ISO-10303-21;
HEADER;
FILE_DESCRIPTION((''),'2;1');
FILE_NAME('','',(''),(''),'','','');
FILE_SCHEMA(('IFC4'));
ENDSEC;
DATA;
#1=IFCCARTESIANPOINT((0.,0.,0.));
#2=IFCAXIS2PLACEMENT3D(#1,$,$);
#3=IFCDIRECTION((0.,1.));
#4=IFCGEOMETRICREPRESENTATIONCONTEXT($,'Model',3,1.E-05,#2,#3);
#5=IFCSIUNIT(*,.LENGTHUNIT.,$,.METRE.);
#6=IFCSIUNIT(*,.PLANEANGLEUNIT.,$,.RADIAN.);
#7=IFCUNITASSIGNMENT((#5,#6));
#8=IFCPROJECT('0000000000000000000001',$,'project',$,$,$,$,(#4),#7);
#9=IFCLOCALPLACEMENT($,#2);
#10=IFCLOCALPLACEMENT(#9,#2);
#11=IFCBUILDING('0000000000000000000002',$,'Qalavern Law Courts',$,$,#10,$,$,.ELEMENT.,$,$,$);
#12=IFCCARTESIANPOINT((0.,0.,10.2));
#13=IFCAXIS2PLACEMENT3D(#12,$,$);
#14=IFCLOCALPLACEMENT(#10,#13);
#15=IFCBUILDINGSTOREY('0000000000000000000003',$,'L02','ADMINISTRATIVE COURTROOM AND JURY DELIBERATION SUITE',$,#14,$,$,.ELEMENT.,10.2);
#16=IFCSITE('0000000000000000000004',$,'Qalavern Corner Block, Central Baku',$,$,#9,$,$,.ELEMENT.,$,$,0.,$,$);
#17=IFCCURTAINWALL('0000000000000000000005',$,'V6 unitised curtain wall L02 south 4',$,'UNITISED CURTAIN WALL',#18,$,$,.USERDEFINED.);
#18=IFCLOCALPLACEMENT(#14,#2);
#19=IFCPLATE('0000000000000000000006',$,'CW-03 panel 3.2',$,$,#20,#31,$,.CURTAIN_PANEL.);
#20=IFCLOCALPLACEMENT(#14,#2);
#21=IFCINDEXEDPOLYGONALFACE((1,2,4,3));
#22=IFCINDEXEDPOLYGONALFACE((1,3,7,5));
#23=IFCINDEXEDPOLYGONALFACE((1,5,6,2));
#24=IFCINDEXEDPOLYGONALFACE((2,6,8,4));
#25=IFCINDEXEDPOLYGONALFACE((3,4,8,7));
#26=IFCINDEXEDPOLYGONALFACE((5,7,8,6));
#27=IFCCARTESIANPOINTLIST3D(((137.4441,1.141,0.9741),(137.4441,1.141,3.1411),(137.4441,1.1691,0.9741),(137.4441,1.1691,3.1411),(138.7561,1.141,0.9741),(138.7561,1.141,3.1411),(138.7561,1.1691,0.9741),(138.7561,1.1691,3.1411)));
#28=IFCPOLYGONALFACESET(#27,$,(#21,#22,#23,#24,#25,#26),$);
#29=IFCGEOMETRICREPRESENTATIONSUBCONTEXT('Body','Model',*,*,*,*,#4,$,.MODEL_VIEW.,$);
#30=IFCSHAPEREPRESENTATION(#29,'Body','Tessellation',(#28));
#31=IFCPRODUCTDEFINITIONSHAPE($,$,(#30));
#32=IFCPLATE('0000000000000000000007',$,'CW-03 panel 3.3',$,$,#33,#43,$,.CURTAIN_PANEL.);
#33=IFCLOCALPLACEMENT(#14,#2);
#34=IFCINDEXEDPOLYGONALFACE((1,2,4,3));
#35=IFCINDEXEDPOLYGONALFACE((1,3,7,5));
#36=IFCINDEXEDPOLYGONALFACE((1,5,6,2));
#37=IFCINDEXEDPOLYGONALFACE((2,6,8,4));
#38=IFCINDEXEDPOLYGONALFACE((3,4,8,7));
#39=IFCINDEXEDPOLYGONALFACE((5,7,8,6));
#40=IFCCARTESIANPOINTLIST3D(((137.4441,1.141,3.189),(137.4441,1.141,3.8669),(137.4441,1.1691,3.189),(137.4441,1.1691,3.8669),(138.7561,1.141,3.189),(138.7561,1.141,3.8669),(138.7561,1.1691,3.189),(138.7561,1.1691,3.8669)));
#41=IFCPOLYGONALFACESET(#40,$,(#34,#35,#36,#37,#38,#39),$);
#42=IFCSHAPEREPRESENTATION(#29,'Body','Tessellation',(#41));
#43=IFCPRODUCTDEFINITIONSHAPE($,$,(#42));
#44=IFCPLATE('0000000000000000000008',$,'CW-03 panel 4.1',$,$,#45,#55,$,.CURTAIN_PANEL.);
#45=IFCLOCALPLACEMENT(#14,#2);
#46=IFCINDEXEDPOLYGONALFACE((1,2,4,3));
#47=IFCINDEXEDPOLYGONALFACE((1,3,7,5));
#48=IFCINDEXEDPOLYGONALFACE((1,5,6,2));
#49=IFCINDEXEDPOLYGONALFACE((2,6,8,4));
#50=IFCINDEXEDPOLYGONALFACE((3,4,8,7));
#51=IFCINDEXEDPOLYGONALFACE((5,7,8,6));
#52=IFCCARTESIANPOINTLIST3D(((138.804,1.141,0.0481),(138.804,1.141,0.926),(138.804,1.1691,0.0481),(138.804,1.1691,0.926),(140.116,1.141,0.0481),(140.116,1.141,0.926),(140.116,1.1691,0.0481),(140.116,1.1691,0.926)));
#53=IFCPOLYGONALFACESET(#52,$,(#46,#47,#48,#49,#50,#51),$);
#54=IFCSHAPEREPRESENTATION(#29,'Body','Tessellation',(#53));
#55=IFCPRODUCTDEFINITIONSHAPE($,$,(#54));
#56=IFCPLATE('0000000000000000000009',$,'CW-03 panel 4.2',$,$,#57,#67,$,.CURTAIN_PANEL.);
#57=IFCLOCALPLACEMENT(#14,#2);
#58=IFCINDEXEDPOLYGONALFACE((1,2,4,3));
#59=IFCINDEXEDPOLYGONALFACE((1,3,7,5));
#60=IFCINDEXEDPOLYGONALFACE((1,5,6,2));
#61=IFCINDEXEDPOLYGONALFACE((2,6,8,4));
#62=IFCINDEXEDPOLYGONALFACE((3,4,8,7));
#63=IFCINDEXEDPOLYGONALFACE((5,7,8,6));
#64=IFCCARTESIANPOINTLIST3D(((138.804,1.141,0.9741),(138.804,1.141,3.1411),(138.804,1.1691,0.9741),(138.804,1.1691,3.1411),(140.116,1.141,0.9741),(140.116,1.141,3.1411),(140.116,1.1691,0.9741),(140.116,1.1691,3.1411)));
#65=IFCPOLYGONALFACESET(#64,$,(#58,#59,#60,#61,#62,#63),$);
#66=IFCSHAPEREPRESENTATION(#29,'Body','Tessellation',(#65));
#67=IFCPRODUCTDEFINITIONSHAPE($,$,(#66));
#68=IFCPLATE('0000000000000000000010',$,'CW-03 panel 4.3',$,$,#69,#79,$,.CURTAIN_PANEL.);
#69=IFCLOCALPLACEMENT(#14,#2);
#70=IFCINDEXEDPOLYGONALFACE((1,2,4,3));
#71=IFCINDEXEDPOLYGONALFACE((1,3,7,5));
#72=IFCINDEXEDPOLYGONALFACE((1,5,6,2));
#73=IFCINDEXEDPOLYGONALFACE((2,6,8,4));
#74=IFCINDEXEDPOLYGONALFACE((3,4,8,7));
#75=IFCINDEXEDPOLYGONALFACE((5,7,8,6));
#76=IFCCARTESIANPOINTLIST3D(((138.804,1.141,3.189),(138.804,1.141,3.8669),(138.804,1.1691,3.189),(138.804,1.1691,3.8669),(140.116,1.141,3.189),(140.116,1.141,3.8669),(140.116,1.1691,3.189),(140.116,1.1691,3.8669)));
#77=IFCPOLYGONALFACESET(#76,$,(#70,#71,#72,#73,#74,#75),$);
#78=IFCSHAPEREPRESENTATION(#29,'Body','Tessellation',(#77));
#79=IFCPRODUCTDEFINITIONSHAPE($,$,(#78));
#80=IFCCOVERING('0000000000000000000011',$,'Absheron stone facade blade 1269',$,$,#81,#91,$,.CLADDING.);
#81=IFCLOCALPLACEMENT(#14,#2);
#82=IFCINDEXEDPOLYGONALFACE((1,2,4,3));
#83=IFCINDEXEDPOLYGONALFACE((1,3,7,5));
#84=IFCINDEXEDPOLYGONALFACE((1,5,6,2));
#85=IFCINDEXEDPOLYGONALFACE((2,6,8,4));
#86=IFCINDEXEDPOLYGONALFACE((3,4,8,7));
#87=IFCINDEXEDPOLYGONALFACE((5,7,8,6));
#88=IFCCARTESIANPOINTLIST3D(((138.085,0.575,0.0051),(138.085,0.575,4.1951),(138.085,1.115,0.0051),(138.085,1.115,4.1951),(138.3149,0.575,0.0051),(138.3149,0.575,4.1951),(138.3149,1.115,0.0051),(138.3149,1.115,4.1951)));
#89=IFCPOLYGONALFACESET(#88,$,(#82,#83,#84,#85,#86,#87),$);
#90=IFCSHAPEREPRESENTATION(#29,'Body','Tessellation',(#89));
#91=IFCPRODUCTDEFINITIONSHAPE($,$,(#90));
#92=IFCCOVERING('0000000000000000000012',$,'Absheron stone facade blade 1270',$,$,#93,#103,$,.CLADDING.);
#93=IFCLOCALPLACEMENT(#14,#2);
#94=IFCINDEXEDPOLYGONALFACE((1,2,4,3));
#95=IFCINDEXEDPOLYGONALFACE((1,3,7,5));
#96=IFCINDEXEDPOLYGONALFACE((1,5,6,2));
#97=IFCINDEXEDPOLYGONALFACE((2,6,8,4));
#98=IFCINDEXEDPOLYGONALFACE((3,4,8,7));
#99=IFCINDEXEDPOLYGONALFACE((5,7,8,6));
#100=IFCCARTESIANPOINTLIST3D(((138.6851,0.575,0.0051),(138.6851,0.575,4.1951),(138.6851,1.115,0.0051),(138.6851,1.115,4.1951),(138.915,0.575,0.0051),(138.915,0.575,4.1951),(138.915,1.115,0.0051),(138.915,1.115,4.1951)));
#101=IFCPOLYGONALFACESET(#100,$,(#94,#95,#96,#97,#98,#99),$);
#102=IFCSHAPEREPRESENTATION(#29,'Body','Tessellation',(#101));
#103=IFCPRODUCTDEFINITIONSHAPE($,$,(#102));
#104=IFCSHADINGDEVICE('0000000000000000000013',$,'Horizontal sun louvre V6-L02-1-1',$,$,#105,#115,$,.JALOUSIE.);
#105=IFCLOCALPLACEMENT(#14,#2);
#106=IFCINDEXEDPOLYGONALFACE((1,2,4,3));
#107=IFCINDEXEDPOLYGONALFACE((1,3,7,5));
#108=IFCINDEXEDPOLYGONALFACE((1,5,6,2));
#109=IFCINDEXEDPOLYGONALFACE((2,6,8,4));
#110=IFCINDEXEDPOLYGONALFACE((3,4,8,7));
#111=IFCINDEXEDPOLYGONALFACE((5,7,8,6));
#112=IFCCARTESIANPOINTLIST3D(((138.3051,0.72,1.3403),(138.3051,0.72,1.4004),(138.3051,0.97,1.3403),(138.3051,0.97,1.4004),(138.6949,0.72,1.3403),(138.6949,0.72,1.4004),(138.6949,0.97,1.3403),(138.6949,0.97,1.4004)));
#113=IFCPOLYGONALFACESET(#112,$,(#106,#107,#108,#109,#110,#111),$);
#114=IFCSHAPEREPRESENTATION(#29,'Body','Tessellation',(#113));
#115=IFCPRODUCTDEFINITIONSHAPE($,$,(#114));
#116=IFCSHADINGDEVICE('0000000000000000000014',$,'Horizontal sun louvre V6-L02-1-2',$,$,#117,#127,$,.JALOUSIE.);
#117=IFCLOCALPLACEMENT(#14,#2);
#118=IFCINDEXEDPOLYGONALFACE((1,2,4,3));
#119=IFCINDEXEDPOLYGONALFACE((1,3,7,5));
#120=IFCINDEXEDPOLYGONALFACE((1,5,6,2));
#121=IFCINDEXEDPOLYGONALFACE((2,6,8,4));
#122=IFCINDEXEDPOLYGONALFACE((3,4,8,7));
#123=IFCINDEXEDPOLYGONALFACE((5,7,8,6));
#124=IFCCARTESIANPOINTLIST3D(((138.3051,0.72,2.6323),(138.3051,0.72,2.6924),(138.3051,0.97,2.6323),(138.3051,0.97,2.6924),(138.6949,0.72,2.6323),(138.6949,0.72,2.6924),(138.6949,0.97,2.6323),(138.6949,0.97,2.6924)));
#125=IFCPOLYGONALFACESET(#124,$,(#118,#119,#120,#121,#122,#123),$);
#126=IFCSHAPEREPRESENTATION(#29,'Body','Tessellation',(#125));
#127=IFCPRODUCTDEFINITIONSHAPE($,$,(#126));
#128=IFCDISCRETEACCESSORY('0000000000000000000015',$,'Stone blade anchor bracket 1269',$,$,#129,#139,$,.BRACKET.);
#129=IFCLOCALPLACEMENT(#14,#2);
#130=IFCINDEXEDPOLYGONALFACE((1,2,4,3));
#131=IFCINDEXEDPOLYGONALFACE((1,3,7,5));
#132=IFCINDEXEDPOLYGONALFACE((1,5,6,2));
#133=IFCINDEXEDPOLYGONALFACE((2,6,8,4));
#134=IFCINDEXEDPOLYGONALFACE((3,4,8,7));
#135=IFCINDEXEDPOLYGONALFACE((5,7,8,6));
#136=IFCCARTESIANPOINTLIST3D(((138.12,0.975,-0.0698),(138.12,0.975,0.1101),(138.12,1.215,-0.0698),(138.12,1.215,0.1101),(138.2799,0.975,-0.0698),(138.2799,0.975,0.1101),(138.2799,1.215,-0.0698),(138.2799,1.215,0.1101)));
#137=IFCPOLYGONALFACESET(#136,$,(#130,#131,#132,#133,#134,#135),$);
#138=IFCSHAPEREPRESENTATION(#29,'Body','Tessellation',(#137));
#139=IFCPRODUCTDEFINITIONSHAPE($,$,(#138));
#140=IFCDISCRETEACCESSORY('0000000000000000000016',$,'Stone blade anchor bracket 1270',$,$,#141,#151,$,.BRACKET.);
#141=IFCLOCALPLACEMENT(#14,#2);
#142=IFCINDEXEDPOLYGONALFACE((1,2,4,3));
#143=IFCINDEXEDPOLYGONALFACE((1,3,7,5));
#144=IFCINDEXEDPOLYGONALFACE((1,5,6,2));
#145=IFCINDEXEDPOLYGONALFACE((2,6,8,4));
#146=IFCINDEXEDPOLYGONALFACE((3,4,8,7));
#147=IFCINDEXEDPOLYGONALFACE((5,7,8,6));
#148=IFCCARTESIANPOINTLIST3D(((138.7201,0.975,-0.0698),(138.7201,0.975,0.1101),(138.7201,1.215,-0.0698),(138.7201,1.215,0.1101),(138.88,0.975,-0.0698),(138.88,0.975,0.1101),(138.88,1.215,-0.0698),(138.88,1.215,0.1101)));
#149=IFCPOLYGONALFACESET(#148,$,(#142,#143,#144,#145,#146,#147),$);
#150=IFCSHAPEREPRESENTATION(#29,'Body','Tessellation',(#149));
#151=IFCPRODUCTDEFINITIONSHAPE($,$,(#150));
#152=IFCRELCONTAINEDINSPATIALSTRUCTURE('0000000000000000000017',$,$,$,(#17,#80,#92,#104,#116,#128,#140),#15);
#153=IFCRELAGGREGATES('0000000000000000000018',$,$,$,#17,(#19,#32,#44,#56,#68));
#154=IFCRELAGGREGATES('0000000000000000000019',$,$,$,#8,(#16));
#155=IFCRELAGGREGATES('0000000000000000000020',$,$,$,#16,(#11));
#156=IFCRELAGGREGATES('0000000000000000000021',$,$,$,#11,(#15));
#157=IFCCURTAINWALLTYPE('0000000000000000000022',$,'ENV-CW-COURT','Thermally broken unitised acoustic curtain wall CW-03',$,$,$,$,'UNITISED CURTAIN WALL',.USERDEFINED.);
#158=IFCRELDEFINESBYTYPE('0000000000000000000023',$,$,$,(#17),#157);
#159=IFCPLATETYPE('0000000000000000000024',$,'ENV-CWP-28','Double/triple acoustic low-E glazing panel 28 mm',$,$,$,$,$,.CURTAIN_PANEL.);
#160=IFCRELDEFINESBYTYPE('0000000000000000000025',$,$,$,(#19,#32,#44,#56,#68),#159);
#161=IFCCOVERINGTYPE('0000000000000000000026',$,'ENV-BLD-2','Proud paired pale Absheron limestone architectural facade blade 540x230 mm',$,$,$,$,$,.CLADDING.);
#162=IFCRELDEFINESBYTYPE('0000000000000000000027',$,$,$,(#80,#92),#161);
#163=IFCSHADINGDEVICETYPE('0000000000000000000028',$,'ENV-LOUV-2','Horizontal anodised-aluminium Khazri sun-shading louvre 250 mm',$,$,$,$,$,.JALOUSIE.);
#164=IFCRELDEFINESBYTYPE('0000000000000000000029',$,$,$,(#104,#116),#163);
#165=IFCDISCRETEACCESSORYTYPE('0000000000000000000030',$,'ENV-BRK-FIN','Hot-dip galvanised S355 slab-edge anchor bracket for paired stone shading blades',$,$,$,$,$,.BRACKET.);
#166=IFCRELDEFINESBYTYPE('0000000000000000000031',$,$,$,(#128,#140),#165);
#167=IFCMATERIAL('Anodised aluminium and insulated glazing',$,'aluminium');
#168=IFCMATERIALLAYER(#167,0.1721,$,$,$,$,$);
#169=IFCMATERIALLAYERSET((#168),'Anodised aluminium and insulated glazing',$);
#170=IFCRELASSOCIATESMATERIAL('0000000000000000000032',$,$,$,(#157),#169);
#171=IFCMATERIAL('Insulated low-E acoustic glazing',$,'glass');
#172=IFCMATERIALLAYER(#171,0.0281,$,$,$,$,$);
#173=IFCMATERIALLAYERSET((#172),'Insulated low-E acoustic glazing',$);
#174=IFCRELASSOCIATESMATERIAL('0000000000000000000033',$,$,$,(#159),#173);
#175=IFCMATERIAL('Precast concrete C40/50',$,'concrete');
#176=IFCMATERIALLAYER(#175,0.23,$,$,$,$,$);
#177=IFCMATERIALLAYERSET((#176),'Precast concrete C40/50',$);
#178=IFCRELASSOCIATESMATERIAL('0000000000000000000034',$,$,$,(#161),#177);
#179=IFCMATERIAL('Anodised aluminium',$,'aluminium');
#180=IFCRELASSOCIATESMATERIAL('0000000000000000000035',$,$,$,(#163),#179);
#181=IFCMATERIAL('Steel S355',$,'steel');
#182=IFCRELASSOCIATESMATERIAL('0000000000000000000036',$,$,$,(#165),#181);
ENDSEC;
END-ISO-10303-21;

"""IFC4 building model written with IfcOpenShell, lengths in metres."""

from ifc_helpers import new_model, si_unit, direction, frame, origin, origin_2d, place, context, subcontext, project, spatial, rectangle, extrude, material, layer, layer_set, type_object, element, aggregate, save


model = new_model("IFC4")

# Units and contexts
model_context = context("Model", 3, precision=1e-05, world=origin(), true_north=direction((0.0, 1.0)))
body_context = subcontext(model_context, "Body", "Model", "MODEL_VIEW")
ifc_project = project(units=[si_unit("LENGTHUNIT", "METRE"), si_unit("PLANEANGLEUNIT", "RADIAN")], contexts=[model_context])

# Site, building, storey
site_placement = place(None, origin())
site = spatial("IfcSite", under=ifc_project, at=site_placement, Name="Qalavern Corner Block, Central Baku", CompositionType="ELEMENT", RefElevation=0.0)
building_placement = place(site_placement, origin())
building = spatial("IfcBuilding", under=site, at=building_placement, Name="Qalavern Law Courts", CompositionType="ELEMENT")
storey_placement = place(building_placement, frame((0.0, 0.0, 10.2)))
storey = spatial("IfcBuildingStorey", under=building, at=storey_placement, Name="L02", Description="ADMINISTRATIVE COURTROOM AND JURY DELIBERATION SUITE", CompositionType="ELEMENT", Elevation=10.2)

# Curtain wall, plates
ifc_material_1 = material(Name="Anodised aluminium and insulated glazing", Category="aluminium")
ifc_layer_1 = layer(ifc_material_1, 0.1721)
ifc_layer_set_1 = layer_set([ifc_layer_1], Name="Anodised aluminium and insulated glazing")
curtain_wall_type = type_object("IfcCurtainWallType", Name="ENV-CW-COURT", Description="Thermally broken unitised acoustic curtain wall CW-03", ElementType="UNITISED CURTAIN WALL", PredefinedType="USERDEFINED", material=ifc_layer_set_1)
curtain_wall_placement = place(storey_placement, origin())
curtain_wall = element("IfcCurtainWall", 1, at=curtain_wall_placement, inside=storey, type_object=curtain_wall_type, Name="V6 unitised curtain wall L02 south 4", ObjectType="UNITISED CURTAIN WALL", PredefinedType="USERDEFINED")
ifc_material_2 = material(Name="Anodised aluminium", Category="aluminium")
ifc_material_3 = material(Name="Insulated low-E acoustic glazing", Category="glass")
ifc_layer_2 = layer(ifc_material_3, 0.0281)
ifc_layer_set_2 = layer_set([ifc_layer_2], Name="Insulated low-E acoustic glazing")
plate_type = type_object("IfcPlateType", Name="ENV-CWP-28", Description="Double/triple acoustic low-E glazing panel 28 mm", PredefinedType="CURTAIN_PANEL", material=ifc_layer_set_2)
plate_1_placement = place(storey_placement, frame((138.1001, 1.155, 0.9741), z_axis=(0.0, 0.0, 1.0), x_axis=(1.0, 0.0, 0.0)))
plate_1 = element("IfcPlate", 2, at=plate_1_placement, type_object=plate_type, Name="CW-03 panel 3.2", PredefinedType="CURTAIN_PANEL", context=body_context, shape_type="SweptSolid", body=[
    extrude(rectangle(XDim=1.312, YDim=0.0281, at=origin_2d()), origin(), (0.0, 0.0, 1.0), 2.167),
])
plate_2_placement = place(storey_placement, frame((138.1001, 1.155, 3.189), z_axis=(0.0, 0.0, 1.0), x_axis=(1.0, 0.0, 0.0)))
plate_2 = element("IfcPlate", 3, at=plate_2_placement, type_object=plate_type, Name="CW-03 panel 3.3", PredefinedType="CURTAIN_PANEL", context=body_context, shape_type="SweptSolid", body=[
    extrude(rectangle(XDim=1.312, YDim=0.0281, at=origin_2d()), origin(), (0.0, 0.0, 1.0), 0.678),
])
plate_3_placement = place(storey_placement, frame((139.46, 1.155, 0.0481), z_axis=(0.0, 0.0, 1.0), x_axis=(1.0, 0.0, 0.0)))
plate_3 = element("IfcPlate", 4, at=plate_3_placement, type_object=plate_type, Name="CW-03 panel 4.1", PredefinedType="CURTAIN_PANEL", context=body_context, shape_type="SweptSolid", body=[
    extrude(rectangle(XDim=1.312, YDim=0.0281, at=origin_2d()), origin(), (0.0, 0.0, 1.0), 0.8779),
])
plate_4_placement = place(storey_placement, frame((139.46, 1.155, 0.9741), z_axis=(0.0, 0.0, 1.0), x_axis=(1.0, 0.0, 0.0)))
plate_4 = element("IfcPlate", 5, at=plate_4_placement, type_object=plate_type, Name="CW-03 panel 4.2", PredefinedType="CURTAIN_PANEL", context=body_context, shape_type="SweptSolid", body=[
    extrude(rectangle(XDim=1.312, YDim=0.0281, at=origin_2d()), origin(), (0.0, 0.0, 1.0), 2.167),
])
plate_5_placement = place(storey_placement, frame((139.46, 1.155, 3.189), z_axis=(0.0, 0.0, 1.0), x_axis=(1.0, 0.0, 0.0)))
plate_5 = element("IfcPlate", 6, at=plate_5_placement, type_object=plate_type, Name="CW-03 panel 4.3", PredefinedType="CURTAIN_PANEL", context=body_context, shape_type="SweptSolid", body=[
    extrude(rectangle(XDim=1.312, YDim=0.0281, at=origin_2d()), origin(), (0.0, 0.0, 1.0), 0.678),
])
aggregate(curtain_wall, [plate_1, plate_2, plate_3, plate_4, plate_5])

# Coverings
ifc_material_4 = material(Name="Precast concrete C40/50", Category="concrete")
ifc_layer_3 = layer(ifc_material_4, 0.23)
ifc_layer_set_3 = layer_set([ifc_layer_3], Name="Precast concrete C40/50")
covering_type = type_object("IfcCoveringType", Name="ENV-BLD-2", Description="Proud paired pale Absheron limestone architectural facade blade 540x230 mm", PredefinedType="CLADDING", material=ifc_layer_set_3)
for number, where, z_axis, x_axis, name in (
    (7, (138.2, 0.845, 0.0051), (0.0, 0.0, 1.0), (0.0, -1.0, 0.0), "Absheron stone facade blade 1269"),
    (8, (138.8, 0.845, 0.0051), (0.0, 0.0, 1.0), (0.0, -1.0, 0.0), "Absheron stone facade blade 1270"),
):
    element("IfcCovering", number, at=place(storey_placement, frame(where, z_axis=z_axis, x_axis=x_axis)), inside=storey, type_object=covering_type, Name=name, PredefinedType="CLADDING", context=body_context, shape_type="SweptSolid", body=[
        extrude(rectangle(XDim=0.54, YDim=0.23, at=origin_2d()), origin(), (0.0, 0.0, 1.0), 4.1899),
    ])

# Shading devices
shading_device_type = type_object("IfcShadingDeviceType", Name="ENV-LOUV-2", Description="Horizontal anodised-aluminium Khazri sun-shading louvre 250 mm", PredefinedType="JALOUSIE", material=ifc_material_2)
for number, where, z_axis, x_axis, name in (
    (9, (138.5, 0.845, 1.3403), (0.0, 0.0, 1.0), (1.0, 0.0, 0.0), "Horizontal sun louvre V6-L02-1-1"),
    (10, (138.5, 0.845, 2.6323), (0.0, 0.0, 1.0), (1.0, 0.0, 0.0), "Horizontal sun louvre V6-L02-1-2"),
):
    element("IfcShadingDevice", number, at=place(storey_placement, frame(where, z_axis=z_axis, x_axis=x_axis)), inside=storey, type_object=shading_device_type, Name=name, PredefinedType="JALOUSIE", context=body_context, shape_type="SweptSolid", body=[
        extrude(rectangle(XDim=0.3899, YDim=0.25, at=origin_2d()), origin(), (0.0, 0.0, 1.0), 0.0601),
    ])

# Discrete accessories
ifc_material_5 = material(Name="Steel S355", Category="steel")
discrete_accessory_type = type_object("IfcDiscreteAccessoryType", Name="ENV-BRK-FIN", Description="Hot-dip galvanised S355 slab-edge anchor bracket for paired stone shading blades", PredefinedType="BRACKET", material=ifc_material_5)
for number, where, z_axis, x_axis, name in (
    (11, (138.2, 1.095, -0.0698), (0.0, 0.0, 1.0), (0.0, -1.0, 0.0), "Stone blade anchor bracket 1269"),
    (12, (138.8, 1.095, -0.0698), (0.0, 0.0, 1.0), (0.0, -1.0, 0.0), "Stone blade anchor bracket 1270"),
):
    element("IfcDiscreteAccessory", number, at=place(storey_placement, frame(where, z_axis=z_axis, x_axis=x_axis)), inside=storey, type_object=discrete_accessory_type, Name=name, PredefinedType="BRACKET", context=body_context, shape_type="SweptSolid", body=[
        extrude(rectangle(XDim=0.24, YDim=0.1599, at=origin_2d()), origin(), (0.0, 0.0, 1.0), 0.1799),
    ])

save(model, "model.ifc")
